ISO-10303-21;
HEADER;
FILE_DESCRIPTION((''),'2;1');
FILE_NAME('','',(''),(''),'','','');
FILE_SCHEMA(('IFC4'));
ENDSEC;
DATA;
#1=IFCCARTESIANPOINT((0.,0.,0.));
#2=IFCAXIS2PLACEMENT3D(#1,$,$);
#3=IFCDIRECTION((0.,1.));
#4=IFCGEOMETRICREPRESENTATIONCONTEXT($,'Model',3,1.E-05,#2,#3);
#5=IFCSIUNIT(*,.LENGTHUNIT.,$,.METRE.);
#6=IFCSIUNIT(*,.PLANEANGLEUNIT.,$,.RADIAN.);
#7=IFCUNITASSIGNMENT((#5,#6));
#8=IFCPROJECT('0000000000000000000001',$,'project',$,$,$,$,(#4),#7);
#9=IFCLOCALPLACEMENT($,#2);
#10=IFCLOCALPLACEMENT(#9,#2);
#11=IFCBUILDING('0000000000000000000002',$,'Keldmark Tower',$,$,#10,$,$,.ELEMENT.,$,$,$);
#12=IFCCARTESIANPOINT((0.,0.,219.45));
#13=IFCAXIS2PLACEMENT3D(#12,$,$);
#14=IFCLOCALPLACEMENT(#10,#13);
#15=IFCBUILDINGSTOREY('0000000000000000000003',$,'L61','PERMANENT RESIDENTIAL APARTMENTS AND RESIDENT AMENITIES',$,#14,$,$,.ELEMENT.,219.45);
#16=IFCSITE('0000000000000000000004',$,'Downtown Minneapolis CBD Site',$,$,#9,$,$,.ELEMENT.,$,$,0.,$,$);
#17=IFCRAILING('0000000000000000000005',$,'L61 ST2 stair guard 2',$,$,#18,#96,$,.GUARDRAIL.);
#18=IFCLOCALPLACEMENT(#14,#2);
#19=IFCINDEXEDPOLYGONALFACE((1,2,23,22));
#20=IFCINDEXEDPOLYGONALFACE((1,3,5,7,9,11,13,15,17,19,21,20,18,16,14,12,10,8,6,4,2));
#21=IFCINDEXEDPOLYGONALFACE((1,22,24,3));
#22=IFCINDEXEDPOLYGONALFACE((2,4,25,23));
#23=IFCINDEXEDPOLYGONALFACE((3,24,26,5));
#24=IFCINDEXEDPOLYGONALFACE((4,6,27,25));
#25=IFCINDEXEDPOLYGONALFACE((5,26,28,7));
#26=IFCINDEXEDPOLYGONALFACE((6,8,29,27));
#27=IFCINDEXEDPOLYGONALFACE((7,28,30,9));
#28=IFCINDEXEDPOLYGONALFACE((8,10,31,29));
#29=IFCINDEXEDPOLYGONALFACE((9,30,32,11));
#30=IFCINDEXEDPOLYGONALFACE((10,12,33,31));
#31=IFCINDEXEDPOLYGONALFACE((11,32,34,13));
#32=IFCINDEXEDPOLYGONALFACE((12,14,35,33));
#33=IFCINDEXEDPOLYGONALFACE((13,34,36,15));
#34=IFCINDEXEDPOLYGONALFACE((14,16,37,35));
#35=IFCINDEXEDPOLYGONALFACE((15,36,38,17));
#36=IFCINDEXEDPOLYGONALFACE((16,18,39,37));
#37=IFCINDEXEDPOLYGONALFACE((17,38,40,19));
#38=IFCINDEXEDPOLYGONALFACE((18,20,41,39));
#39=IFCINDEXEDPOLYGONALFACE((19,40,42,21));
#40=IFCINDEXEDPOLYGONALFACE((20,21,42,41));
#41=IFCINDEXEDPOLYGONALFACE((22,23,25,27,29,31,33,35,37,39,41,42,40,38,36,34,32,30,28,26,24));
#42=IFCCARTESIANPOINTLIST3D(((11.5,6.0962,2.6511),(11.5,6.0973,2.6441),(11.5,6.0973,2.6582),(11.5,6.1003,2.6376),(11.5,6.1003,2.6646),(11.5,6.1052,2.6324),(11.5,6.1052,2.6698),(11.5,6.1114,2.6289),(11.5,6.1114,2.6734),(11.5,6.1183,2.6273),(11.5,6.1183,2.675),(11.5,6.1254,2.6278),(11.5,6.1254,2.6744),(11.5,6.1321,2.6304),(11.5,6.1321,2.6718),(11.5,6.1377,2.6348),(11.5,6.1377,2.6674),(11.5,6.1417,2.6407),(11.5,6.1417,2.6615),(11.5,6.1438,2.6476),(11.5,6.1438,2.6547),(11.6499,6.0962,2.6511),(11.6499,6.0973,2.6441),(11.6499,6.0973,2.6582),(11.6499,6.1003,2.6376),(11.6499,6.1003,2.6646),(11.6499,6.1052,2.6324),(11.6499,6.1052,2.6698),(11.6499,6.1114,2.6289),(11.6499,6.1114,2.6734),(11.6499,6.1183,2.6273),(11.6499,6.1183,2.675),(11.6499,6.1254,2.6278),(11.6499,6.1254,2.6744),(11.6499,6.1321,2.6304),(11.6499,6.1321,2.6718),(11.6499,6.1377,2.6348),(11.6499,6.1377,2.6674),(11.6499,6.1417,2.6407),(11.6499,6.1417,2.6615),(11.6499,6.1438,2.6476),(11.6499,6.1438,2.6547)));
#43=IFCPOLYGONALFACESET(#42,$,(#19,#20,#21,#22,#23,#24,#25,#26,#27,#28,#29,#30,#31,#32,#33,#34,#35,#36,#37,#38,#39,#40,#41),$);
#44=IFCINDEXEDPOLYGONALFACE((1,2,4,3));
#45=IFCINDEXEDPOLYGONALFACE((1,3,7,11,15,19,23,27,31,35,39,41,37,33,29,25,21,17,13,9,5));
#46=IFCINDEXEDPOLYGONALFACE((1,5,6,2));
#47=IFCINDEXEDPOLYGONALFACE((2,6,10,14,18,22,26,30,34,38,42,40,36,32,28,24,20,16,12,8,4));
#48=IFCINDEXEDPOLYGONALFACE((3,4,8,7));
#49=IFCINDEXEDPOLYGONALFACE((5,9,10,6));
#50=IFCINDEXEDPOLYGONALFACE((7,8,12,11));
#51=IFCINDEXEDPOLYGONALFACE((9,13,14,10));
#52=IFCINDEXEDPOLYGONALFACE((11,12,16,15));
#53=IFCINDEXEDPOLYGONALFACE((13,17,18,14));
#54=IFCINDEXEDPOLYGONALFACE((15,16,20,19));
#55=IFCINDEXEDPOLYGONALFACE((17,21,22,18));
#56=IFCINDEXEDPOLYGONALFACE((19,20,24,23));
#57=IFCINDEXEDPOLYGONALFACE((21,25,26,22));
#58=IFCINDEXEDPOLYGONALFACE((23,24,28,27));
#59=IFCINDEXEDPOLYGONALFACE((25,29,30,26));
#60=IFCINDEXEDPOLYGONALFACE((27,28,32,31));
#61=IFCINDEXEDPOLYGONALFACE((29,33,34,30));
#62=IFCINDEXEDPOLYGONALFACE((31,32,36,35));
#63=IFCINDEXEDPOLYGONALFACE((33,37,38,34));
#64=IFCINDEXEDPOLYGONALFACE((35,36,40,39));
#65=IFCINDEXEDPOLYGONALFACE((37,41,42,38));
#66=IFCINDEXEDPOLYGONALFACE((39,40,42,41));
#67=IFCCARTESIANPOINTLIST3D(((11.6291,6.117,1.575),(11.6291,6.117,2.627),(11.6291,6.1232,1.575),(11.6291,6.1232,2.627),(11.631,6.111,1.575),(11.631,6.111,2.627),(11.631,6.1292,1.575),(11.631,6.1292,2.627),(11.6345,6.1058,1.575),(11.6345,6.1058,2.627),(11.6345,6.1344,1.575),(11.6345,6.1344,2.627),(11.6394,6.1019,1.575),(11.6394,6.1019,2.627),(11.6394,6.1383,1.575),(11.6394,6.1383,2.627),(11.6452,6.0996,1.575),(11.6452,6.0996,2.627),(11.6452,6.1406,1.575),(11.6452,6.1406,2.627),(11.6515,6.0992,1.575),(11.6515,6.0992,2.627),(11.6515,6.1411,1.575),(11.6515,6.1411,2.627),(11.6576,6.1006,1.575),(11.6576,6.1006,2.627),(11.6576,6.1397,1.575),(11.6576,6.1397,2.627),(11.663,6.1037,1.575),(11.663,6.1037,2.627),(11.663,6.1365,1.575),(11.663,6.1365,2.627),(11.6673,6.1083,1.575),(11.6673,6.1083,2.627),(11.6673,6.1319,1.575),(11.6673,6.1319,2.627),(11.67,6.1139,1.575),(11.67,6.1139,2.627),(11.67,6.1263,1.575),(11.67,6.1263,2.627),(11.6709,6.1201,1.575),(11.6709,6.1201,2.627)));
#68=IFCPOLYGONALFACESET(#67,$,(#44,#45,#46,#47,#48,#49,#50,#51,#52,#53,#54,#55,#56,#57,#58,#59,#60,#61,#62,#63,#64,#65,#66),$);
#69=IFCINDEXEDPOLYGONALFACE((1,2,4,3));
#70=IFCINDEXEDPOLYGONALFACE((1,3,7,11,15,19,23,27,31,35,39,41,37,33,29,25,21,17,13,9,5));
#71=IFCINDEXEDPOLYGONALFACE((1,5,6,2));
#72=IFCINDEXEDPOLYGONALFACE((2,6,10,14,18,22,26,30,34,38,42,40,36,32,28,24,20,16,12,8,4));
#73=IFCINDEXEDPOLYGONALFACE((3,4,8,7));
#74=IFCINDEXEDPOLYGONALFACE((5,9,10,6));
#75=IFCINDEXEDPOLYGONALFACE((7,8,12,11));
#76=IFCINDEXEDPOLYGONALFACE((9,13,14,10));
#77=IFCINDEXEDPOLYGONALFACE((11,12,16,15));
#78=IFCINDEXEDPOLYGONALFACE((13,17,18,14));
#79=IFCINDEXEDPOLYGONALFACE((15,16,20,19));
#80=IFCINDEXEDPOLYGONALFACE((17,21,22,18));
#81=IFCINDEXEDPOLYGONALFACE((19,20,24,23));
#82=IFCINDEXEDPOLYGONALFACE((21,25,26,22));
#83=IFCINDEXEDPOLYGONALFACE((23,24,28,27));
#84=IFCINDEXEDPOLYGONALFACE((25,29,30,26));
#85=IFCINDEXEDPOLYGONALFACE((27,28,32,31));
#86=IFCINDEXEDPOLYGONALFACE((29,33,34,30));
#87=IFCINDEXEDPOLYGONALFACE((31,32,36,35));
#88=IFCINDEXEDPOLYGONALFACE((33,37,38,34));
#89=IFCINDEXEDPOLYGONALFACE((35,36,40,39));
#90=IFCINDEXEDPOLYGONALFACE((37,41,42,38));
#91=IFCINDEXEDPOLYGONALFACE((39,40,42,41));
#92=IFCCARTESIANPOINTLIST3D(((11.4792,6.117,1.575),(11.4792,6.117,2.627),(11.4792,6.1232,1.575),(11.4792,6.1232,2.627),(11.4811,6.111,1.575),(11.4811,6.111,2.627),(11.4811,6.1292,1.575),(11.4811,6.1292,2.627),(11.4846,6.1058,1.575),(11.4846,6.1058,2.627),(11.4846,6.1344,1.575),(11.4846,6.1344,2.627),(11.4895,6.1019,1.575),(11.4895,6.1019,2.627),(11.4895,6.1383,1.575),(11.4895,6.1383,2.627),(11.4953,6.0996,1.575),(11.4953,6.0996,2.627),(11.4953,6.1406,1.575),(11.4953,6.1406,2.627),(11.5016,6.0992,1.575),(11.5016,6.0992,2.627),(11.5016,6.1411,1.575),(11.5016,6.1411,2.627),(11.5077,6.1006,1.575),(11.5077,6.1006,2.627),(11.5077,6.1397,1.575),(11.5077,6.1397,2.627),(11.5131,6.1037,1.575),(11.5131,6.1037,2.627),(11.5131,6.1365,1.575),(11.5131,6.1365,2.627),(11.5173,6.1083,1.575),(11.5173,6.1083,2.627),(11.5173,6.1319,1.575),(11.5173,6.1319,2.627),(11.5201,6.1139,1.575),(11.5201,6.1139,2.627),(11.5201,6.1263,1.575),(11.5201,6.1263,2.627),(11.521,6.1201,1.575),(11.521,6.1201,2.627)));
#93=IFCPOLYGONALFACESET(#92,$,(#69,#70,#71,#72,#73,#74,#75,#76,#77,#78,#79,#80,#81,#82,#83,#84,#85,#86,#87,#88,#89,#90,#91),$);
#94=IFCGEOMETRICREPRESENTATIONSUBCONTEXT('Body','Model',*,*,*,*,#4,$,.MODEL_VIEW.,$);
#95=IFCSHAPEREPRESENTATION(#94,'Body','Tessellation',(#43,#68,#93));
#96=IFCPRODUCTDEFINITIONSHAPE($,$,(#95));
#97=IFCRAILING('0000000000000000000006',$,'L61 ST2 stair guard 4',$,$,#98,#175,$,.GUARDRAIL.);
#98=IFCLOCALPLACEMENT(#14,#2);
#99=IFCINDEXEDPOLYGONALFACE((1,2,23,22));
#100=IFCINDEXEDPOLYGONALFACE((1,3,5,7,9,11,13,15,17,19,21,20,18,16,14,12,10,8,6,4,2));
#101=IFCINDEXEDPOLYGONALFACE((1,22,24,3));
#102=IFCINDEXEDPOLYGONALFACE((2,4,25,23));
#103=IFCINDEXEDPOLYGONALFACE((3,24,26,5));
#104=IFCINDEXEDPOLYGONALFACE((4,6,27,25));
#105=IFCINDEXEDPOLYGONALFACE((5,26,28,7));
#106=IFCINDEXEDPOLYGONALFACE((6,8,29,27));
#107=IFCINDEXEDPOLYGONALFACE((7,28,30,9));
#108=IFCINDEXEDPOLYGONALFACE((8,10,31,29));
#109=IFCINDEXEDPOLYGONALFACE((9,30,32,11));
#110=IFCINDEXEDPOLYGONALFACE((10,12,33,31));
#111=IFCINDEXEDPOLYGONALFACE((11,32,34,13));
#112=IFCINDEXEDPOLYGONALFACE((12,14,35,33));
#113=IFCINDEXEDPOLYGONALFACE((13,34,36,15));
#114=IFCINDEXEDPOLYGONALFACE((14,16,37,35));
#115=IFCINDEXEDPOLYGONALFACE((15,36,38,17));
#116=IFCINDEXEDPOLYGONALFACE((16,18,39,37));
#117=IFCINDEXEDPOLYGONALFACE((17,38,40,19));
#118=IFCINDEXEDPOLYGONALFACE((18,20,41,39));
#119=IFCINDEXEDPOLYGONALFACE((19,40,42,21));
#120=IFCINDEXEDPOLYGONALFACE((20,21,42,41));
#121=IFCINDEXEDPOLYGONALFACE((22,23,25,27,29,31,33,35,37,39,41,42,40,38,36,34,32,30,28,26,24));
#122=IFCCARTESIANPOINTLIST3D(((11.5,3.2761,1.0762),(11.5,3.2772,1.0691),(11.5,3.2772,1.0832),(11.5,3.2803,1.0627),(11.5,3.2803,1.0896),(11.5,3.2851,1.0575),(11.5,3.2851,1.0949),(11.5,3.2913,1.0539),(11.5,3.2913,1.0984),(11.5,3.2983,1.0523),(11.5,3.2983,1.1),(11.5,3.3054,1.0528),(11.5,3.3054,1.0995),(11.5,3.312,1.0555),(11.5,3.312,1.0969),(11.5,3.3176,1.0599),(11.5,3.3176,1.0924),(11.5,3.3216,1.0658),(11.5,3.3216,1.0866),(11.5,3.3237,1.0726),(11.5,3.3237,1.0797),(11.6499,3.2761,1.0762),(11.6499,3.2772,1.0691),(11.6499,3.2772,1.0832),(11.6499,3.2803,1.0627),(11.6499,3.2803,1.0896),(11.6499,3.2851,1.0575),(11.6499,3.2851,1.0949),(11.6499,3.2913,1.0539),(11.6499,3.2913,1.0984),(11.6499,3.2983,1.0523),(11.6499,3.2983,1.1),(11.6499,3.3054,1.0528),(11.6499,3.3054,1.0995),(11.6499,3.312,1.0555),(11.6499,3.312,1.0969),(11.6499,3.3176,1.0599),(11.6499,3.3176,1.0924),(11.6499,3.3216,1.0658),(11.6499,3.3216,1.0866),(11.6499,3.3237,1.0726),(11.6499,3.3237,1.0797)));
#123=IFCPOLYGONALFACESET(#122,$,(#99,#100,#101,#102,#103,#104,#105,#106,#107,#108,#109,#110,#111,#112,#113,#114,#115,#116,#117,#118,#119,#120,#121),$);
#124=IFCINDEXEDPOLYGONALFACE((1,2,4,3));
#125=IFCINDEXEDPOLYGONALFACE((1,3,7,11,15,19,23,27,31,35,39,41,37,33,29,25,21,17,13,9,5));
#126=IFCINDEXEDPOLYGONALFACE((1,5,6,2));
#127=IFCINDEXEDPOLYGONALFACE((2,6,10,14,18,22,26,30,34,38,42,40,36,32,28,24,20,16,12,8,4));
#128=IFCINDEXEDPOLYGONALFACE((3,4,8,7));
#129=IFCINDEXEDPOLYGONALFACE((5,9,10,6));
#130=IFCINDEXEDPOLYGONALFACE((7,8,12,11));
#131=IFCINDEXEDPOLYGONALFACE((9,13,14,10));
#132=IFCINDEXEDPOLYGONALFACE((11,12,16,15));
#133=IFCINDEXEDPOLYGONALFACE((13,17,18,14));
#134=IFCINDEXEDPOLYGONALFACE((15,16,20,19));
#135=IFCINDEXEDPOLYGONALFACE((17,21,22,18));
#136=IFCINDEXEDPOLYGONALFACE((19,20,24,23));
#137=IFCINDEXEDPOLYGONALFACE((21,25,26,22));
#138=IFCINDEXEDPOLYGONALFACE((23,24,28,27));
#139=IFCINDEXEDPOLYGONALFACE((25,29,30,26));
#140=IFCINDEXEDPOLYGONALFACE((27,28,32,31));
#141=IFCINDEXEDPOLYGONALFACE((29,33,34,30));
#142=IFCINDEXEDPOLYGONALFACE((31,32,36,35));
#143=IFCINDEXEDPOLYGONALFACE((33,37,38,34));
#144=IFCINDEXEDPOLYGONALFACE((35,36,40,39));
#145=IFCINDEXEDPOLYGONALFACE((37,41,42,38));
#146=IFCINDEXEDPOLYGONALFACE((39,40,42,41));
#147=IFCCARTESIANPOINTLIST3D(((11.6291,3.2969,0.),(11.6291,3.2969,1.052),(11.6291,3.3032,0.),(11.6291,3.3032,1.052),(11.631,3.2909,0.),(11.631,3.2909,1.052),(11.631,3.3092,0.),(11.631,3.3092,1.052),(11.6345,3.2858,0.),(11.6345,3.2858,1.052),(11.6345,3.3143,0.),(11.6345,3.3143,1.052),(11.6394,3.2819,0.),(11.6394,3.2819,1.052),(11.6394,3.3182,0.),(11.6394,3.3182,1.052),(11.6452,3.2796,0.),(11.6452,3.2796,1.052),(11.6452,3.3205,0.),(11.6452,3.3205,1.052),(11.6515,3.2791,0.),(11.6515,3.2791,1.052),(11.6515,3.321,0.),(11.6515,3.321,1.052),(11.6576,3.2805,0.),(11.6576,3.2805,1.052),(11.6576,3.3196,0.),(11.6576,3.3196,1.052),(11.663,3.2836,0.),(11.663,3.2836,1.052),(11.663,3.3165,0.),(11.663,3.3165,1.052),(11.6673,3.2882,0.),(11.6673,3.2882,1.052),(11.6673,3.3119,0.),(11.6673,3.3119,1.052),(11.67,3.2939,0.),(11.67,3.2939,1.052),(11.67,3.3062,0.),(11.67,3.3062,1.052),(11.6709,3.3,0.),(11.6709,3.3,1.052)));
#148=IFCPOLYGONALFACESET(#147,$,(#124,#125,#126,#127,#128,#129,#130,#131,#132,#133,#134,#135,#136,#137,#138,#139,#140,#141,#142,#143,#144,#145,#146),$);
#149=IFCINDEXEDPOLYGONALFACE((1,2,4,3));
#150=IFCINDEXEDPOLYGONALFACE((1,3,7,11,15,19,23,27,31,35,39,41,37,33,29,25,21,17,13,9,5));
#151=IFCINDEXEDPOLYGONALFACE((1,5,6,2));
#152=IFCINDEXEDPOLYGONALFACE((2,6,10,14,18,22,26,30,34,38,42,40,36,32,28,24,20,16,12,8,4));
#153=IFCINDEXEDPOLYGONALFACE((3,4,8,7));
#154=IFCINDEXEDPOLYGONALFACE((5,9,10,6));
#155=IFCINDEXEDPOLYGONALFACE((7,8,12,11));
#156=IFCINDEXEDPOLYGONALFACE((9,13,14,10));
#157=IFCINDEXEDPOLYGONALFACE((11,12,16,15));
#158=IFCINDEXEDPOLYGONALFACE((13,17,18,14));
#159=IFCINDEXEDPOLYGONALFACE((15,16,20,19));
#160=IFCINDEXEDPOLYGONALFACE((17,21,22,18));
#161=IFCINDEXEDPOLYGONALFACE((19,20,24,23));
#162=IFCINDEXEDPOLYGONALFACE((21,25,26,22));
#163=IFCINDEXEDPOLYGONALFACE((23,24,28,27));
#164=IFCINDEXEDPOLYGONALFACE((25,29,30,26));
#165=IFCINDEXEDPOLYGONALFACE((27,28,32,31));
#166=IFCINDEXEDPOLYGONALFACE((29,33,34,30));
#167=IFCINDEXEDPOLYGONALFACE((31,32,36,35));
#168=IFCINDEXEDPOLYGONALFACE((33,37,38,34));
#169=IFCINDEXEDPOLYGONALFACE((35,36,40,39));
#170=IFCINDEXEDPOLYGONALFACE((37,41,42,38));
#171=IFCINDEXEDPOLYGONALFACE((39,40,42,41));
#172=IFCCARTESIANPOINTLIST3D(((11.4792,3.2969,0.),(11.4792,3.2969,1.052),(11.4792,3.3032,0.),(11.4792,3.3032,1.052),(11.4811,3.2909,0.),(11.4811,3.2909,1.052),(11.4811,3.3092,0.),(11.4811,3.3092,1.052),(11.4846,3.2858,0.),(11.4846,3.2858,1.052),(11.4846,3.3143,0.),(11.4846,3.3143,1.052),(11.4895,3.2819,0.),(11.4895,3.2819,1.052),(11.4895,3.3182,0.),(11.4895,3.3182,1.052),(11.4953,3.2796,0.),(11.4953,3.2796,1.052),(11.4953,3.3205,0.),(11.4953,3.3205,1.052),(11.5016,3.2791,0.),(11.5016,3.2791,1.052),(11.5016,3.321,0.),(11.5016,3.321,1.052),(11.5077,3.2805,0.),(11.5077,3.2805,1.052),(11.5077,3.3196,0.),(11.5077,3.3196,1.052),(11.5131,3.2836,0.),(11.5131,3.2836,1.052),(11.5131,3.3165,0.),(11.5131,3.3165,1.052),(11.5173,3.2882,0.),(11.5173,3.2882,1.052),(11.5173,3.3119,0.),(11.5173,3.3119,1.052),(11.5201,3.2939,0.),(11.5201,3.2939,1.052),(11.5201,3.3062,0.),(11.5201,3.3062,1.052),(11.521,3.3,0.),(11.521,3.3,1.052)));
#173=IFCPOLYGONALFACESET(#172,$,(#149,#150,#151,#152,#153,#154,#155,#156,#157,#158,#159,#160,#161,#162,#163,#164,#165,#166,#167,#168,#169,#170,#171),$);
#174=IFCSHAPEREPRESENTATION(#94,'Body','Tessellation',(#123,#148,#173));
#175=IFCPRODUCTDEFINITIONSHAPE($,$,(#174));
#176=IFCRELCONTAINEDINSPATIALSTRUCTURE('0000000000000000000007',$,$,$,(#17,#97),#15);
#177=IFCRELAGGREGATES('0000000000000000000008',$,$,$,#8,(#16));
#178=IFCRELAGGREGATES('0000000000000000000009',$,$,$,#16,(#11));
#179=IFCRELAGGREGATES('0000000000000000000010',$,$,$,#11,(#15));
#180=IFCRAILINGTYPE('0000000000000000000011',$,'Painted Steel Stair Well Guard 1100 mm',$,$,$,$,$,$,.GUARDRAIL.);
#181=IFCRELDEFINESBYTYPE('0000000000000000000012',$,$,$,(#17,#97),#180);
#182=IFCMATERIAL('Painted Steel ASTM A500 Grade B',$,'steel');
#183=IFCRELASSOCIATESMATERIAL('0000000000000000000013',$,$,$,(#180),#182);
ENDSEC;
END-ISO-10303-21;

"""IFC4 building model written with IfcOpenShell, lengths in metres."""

from ifc_helpers import new_model, si_unit, direction, frame, origin, origin_2d, place, context, subcontext, project, spatial, circle, extrude, material, type_object, element, save


model = new_model("IFC4")

# Units and contexts
model_context = context("Model", 3, precision=1e-05, world=origin(), true_north=direction((0.0, 1.0)))
body_context = subcontext(model_context, "Body", "Model", "MODEL_VIEW")
ifc_project = project(units=[si_unit("LENGTHUNIT", "METRE"), si_unit("PLANEANGLEUNIT", "RADIAN")], contexts=[model_context])

# Site, building, storey
site_placement = place(None, origin())
site = spatial("IfcSite", under=ifc_project, at=site_placement, Name="Downtown Minneapolis CBD Site", CompositionType="ELEMENT", RefElevation=0.0)
building_placement = place(site_placement, origin())
building = spatial("IfcBuilding", under=site, at=building_placement, Name="Keldmark Tower", CompositionType="ELEMENT")
storey_placement = place(building_placement, frame((0.0, 0.0, 219.45)))
storey = spatial("IfcBuildingStorey", under=building, at=storey_placement, Name="L61", Description="PERMANENT RESIDENTIAL APARTMENTS AND RESIDENT AMENITIES", CompositionType="ELEMENT", Elevation=219.45)

# Railings
ifc_material_1 = material(Name="Painted Steel ASTM A500 Grade B", Category="steel")
railing_type_1 = type_object("IfcRailingType", Name="Painted Steel Stair Well Guard 1100 mm", PredefinedType="GUARDRAIL", material=ifc_material_1)
for number, where, name in (
    (1, (11.6499, 6.1201, 1.575), "L61 ST2 stair guard 2"),
    (2, (11.6499, 3.3, 0.0), "L61 ST2 stair guard 4"),
):
    element("IfcRailing", number, at=place(storey_placement, frame(where)), inside=storey, type_object=railing_type_1, Name=name, PredefinedType="GUARDRAIL", context=body_context, shape_type="SweptSolid", body=[
        extrude(circle(Radius=0.0239, at=origin_2d()), frame((0.0, 0.0, 1.0762), z_axis=(-1.0, 0.0, 0.0), x_axis=(0.0, -1.0, 0.0)), (0.0, 0.0, 1.0), 0.1499),
        extrude(circle(Radius=0.021, at=origin_2d()), origin(), (0.0, 0.0, 1.0), 1.052),
        extrude(circle(Radius=0.021, at=origin_2d()), frame((-0.1499, 0.0, 0.0)), (0.0, 0.0, 1.0), 1.052),
    ])

save(model, "model.ifc")
